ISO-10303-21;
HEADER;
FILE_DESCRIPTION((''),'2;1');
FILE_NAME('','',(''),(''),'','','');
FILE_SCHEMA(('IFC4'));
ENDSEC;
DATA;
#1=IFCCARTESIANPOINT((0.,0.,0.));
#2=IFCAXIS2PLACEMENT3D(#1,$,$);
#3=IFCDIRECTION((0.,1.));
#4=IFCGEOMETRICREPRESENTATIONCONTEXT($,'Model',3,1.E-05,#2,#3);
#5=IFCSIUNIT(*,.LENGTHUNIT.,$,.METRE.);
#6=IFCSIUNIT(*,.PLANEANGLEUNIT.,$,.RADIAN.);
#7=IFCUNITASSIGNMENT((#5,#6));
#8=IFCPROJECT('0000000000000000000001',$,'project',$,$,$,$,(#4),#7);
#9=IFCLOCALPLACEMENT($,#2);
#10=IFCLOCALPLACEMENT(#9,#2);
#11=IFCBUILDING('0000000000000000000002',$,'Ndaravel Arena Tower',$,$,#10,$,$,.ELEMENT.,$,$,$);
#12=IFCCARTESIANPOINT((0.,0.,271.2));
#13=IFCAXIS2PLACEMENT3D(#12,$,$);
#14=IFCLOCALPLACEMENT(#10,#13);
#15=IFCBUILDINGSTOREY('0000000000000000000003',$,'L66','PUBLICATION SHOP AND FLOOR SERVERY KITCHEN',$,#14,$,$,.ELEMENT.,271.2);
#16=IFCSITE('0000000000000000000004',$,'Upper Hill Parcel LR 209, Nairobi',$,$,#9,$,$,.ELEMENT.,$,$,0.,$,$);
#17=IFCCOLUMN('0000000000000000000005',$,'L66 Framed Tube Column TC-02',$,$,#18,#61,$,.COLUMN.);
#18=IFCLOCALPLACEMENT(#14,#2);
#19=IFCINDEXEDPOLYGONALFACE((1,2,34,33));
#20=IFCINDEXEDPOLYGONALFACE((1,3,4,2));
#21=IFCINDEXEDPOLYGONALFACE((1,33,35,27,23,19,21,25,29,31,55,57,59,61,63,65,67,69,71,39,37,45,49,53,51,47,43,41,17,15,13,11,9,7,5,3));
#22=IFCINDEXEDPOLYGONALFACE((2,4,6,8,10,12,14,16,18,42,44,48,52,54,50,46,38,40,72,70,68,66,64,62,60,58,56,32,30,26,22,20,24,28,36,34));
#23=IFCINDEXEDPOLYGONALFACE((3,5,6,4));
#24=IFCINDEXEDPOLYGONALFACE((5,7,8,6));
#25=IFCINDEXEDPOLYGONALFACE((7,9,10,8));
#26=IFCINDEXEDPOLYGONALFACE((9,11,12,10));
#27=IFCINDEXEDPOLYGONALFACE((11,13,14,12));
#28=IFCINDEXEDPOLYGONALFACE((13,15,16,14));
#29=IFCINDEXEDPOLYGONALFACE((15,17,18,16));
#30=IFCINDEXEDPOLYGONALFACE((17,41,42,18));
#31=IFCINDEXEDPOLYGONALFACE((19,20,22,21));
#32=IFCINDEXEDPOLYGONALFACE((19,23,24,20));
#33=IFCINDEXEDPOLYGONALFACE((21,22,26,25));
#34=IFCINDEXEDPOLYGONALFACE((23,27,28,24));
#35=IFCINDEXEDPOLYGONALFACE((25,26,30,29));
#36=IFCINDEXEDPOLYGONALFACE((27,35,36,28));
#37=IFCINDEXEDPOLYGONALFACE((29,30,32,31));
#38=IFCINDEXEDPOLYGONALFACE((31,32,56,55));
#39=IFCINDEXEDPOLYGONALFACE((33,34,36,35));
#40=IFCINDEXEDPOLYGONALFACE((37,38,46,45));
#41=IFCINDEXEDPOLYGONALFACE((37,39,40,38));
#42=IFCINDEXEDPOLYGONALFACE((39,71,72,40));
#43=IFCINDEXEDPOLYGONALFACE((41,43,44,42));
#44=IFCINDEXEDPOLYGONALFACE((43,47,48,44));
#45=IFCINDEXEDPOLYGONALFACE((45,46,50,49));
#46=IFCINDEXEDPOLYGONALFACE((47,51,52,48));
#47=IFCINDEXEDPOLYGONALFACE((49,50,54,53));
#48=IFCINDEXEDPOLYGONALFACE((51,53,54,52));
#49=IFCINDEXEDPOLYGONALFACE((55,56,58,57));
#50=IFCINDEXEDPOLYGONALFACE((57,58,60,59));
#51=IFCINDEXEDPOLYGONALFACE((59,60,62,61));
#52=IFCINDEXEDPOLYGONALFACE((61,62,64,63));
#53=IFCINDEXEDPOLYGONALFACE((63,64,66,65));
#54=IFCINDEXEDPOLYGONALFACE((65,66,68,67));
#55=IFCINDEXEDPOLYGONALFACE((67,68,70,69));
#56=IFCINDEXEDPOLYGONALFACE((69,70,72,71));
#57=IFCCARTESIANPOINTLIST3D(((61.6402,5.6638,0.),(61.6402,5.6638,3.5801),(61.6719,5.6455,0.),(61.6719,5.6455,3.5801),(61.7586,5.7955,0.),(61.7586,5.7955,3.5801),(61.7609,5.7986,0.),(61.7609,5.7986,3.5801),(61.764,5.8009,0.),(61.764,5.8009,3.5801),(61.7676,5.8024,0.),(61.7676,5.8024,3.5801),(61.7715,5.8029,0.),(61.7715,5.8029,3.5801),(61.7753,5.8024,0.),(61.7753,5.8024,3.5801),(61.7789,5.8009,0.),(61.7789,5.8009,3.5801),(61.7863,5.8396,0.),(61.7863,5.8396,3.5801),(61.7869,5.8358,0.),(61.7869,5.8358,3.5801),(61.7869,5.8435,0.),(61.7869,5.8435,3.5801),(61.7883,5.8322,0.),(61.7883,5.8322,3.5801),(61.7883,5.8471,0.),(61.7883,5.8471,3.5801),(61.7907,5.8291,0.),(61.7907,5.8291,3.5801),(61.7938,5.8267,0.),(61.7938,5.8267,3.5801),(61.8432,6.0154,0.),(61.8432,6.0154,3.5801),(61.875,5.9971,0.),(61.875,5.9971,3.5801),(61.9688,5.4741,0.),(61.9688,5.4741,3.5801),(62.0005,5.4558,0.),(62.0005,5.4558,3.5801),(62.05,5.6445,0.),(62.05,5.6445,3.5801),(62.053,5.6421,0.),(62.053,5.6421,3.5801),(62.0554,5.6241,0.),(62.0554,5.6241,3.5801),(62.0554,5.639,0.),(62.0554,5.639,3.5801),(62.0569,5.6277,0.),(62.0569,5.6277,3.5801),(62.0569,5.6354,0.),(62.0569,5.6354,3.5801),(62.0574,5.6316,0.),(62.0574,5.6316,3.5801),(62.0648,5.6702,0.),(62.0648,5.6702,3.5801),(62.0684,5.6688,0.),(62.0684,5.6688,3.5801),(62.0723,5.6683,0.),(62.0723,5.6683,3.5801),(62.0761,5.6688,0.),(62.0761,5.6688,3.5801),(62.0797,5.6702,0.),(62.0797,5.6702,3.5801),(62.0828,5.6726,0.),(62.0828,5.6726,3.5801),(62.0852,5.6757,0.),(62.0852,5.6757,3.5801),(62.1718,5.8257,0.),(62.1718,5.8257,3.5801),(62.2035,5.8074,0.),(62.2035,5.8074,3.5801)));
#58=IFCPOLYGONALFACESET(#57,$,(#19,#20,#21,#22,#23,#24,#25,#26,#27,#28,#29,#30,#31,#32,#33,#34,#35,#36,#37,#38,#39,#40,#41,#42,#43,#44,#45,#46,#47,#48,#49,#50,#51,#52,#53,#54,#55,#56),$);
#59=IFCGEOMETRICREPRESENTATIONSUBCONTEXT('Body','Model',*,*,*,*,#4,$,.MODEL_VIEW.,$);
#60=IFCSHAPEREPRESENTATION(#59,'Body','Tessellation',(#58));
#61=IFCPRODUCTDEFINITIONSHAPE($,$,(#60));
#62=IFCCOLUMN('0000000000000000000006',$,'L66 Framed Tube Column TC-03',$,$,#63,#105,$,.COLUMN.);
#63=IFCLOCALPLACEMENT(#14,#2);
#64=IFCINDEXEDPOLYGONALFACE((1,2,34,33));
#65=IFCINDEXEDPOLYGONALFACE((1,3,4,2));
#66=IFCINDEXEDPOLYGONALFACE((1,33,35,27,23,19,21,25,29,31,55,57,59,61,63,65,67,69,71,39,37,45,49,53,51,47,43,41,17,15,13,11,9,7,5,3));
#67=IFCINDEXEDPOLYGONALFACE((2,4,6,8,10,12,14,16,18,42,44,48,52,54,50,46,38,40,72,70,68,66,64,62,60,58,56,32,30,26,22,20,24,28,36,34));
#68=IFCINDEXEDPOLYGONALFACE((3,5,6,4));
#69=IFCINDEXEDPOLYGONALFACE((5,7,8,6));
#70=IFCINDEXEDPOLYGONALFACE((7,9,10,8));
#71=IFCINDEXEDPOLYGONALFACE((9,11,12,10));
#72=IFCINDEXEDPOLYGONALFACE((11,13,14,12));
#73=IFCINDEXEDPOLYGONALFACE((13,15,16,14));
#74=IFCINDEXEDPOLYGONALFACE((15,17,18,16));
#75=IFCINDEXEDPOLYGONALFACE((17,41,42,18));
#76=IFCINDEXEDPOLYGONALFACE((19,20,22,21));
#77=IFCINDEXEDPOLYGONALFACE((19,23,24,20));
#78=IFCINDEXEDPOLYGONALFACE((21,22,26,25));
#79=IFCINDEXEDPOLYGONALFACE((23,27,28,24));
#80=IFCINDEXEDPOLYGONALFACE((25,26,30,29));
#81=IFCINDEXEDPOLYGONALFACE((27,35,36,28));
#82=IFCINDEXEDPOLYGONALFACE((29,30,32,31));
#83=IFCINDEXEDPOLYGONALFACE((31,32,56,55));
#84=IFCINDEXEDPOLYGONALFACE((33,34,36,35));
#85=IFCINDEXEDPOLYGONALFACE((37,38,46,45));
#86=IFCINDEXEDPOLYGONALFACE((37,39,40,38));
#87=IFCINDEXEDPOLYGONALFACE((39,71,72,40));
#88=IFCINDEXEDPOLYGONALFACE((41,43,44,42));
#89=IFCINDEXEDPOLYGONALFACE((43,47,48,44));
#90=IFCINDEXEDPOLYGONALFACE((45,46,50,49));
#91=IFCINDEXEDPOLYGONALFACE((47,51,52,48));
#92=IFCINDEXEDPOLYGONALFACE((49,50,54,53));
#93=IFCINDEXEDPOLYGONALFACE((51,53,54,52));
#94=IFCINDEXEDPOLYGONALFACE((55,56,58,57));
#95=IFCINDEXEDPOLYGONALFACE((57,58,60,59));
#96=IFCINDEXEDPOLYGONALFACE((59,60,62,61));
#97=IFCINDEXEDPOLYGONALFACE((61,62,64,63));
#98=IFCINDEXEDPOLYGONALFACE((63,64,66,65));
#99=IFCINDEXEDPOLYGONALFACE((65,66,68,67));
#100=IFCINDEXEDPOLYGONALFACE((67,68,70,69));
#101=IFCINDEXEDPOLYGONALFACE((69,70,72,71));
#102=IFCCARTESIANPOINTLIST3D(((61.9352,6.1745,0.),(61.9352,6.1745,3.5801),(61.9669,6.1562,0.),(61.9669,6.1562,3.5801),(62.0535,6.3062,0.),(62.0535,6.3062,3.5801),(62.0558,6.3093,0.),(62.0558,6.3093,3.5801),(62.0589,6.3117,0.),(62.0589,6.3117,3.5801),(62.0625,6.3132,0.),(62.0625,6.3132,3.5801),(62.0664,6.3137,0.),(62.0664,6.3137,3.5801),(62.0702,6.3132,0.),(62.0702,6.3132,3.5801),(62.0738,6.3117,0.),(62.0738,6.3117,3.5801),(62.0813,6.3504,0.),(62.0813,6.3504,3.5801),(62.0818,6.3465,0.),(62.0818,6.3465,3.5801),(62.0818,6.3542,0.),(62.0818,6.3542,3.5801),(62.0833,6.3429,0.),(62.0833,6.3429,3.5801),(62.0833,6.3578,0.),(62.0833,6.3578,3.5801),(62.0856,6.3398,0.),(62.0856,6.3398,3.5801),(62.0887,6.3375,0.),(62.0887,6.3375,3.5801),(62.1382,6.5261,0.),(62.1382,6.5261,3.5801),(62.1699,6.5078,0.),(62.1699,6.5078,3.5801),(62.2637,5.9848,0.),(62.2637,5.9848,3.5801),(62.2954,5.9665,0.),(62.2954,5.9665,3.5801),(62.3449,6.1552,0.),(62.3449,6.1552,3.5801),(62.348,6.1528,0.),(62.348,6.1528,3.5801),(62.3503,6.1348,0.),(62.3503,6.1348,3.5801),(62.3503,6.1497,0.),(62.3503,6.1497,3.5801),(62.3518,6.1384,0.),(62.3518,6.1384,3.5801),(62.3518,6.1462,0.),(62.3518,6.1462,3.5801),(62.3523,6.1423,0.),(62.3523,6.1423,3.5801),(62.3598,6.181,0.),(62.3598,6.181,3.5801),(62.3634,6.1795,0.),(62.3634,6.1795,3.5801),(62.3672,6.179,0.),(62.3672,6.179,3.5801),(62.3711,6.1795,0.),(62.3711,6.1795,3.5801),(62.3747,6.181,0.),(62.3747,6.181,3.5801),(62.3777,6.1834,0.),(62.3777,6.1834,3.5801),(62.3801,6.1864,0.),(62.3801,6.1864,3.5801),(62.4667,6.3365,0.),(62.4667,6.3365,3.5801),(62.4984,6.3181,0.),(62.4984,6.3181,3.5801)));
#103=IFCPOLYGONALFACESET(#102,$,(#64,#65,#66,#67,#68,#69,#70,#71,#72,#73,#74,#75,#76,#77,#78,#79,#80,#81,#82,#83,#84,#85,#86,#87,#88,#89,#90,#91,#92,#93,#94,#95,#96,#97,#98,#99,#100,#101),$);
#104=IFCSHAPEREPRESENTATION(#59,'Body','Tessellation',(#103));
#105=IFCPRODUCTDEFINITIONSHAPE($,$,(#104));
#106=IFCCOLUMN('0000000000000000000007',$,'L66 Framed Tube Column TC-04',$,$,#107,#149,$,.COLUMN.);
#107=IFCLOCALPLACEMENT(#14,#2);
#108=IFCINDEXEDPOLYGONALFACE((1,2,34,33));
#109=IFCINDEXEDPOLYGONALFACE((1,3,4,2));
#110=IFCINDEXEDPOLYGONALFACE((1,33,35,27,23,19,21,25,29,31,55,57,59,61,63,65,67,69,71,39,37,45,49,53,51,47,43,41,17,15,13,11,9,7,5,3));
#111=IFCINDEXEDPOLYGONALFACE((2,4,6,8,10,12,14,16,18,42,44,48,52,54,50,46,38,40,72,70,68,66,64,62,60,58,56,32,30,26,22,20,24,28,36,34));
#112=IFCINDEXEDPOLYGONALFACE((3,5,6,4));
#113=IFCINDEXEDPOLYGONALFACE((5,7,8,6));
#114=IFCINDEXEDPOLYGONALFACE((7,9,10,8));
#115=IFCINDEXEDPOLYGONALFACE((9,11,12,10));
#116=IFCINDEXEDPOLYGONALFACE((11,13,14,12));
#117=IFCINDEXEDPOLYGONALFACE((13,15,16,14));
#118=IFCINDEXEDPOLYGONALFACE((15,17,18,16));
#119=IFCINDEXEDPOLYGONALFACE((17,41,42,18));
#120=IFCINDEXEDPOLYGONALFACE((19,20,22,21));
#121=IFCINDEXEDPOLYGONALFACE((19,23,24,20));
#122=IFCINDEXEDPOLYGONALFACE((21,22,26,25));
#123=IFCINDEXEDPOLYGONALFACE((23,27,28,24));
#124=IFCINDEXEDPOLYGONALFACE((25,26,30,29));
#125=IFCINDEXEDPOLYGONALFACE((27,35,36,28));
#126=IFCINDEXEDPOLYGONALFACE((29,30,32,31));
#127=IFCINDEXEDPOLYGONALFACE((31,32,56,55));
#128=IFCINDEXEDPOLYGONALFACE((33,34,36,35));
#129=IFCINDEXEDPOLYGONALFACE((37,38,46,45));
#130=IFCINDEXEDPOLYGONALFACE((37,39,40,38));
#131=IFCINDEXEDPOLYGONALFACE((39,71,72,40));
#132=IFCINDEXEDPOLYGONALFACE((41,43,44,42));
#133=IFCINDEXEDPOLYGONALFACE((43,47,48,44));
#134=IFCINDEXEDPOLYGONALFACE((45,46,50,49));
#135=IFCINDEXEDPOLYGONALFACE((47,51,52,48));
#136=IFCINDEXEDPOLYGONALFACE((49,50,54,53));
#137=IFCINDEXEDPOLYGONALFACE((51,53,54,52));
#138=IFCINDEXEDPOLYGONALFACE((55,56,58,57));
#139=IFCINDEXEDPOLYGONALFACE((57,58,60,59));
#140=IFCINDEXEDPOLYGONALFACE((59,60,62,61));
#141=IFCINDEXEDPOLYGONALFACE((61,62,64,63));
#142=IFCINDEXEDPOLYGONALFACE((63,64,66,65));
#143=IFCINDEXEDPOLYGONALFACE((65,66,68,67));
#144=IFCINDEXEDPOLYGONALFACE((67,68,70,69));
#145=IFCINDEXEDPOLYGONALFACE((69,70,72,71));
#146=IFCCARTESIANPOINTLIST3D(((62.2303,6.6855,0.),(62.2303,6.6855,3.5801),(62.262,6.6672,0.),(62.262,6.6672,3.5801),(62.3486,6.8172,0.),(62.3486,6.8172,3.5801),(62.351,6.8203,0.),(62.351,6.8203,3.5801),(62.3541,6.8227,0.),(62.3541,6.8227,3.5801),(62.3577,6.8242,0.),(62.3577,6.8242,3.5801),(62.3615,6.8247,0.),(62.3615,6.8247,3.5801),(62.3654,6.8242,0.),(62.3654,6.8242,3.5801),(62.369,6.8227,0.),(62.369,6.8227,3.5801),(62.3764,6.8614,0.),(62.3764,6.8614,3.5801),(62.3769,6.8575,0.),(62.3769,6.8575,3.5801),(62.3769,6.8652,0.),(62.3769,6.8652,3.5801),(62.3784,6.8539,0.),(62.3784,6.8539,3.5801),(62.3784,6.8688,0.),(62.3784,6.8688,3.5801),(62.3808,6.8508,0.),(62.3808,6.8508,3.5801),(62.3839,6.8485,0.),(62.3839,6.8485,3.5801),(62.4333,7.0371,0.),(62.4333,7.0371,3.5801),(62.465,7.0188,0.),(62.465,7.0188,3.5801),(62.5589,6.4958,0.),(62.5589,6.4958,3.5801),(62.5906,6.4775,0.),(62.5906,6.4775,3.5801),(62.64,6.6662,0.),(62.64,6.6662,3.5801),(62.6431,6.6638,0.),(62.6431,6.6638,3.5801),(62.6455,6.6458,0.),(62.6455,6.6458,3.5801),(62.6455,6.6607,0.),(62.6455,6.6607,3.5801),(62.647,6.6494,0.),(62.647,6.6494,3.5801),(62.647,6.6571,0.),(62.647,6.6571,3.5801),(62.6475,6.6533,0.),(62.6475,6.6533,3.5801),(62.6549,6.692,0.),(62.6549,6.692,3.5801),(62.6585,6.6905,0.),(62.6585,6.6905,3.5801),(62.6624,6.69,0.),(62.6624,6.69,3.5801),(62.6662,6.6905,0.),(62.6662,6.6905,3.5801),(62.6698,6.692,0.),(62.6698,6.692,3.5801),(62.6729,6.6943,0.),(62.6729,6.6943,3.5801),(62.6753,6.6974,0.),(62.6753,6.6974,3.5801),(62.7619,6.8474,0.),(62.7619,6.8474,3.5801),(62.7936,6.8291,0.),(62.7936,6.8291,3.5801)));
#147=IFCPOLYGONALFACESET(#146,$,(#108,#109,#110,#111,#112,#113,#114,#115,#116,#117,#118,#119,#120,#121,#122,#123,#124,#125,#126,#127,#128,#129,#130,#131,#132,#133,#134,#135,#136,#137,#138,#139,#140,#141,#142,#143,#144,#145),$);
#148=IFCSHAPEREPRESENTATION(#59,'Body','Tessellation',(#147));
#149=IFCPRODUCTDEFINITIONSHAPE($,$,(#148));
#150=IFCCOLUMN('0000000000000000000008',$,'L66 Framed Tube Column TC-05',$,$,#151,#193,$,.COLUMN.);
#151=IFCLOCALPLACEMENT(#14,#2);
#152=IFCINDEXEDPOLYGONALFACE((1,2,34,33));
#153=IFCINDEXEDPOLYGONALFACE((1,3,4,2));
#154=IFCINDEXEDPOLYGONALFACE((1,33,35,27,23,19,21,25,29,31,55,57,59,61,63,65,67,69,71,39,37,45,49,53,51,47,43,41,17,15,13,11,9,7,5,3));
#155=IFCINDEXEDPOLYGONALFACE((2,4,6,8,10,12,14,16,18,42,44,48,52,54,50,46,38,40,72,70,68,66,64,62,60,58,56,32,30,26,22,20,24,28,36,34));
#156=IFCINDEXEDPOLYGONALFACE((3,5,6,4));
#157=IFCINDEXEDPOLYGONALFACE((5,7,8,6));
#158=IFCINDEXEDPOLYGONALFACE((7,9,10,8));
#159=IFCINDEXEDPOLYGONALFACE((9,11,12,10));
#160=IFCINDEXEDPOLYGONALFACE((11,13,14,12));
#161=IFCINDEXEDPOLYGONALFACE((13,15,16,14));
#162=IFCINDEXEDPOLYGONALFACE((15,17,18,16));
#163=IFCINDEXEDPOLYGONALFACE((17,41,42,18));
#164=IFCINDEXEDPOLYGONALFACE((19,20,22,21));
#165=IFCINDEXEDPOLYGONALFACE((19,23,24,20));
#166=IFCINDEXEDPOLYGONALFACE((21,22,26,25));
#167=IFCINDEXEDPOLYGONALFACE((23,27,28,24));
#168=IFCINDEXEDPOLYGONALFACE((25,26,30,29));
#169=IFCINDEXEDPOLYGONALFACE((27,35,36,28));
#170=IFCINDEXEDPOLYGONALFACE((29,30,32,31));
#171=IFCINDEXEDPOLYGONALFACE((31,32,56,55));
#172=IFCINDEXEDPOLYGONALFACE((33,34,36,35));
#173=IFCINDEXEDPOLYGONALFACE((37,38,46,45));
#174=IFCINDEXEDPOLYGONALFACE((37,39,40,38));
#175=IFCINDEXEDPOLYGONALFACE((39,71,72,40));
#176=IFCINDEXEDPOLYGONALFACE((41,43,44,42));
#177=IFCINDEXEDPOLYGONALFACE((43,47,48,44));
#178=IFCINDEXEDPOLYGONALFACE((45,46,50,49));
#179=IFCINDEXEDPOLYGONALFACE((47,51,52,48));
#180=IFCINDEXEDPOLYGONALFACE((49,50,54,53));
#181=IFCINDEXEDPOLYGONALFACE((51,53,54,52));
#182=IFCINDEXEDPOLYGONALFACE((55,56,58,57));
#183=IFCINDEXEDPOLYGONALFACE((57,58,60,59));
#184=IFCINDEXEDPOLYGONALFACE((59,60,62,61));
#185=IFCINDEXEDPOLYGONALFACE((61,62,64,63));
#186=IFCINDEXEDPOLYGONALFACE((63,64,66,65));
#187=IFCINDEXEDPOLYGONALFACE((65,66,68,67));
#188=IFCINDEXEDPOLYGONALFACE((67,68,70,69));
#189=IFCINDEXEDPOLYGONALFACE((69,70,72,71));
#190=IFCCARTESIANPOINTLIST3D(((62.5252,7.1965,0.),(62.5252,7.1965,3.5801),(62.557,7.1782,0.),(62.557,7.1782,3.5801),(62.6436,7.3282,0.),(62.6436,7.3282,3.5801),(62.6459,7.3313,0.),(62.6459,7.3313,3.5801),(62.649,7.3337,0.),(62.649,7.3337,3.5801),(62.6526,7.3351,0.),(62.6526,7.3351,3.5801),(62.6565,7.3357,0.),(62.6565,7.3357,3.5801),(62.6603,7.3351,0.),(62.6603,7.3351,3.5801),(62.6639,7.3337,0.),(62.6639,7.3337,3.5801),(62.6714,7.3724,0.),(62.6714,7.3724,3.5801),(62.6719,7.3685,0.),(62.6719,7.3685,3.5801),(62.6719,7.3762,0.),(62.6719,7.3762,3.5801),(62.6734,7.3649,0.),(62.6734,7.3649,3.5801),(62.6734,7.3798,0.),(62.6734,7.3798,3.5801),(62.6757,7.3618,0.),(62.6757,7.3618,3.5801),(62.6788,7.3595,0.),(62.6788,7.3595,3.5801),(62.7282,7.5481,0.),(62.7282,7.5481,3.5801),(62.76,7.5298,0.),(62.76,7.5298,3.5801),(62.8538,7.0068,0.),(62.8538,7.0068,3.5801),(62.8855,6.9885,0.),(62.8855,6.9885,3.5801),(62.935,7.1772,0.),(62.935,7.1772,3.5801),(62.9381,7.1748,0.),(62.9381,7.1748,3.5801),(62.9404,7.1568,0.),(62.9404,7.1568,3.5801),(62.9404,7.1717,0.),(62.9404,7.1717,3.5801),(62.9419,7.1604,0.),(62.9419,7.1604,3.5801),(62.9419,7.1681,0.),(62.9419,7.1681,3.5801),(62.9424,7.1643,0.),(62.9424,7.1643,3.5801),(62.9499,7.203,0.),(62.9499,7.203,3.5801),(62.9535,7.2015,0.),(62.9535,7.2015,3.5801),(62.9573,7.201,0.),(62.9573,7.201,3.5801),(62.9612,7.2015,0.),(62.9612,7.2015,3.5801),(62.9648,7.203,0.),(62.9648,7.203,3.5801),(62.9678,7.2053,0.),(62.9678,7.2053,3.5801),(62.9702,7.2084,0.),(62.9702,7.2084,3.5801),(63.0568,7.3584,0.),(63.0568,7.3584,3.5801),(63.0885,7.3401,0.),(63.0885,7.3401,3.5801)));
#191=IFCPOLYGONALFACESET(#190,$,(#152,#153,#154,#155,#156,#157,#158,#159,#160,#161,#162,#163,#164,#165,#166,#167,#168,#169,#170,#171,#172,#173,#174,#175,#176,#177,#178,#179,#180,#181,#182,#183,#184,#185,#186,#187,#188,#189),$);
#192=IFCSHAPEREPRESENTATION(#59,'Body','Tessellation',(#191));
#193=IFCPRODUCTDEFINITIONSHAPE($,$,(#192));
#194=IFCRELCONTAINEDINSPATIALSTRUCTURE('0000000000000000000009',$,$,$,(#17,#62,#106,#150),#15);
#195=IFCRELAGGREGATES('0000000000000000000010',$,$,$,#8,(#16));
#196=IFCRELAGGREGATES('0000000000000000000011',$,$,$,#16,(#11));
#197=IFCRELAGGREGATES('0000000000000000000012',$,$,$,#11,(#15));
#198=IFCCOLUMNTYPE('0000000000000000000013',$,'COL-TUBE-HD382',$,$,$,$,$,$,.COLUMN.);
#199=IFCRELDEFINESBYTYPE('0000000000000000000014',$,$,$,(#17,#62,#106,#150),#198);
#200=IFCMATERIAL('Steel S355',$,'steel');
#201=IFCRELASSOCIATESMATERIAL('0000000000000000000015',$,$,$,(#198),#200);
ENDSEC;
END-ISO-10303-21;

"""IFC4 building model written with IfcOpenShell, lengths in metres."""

from ifc_helpers import new_model, si_unit, direction, frame, origin, origin_2d, place, context, subcontext, project, spatial, i_section, extrude, material, material_profile, profile_set, type_object, element, save


model = new_model("IFC4")

# Units and contexts
model_context = context("Model", 3, precision=1e-05, world=origin(), true_north=direction((0.0, 1.0)))
body_context = subcontext(model_context, "Body", "Model", "MODEL_VIEW")
ifc_project = project(units=[si_unit("LENGTHUNIT", "METRE"), si_unit("PLANEANGLEUNIT", "RADIAN")], contexts=[model_context])

# Site, building, storey
site_placement = place(None, origin())
site = spatial("IfcSite", under=ifc_project, at=site_placement, Name="Upper Hill Parcel LR 209, Nairobi", CompositionType="ELEMENT", RefElevation=0.0)
building_placement = place(site_placement, origin())
building = spatial("IfcBuilding", under=site, at=building_placement, Name="Ndaravel Arena Tower", CompositionType="ELEMENT")
storey_placement = place(building_placement, frame((0.0, 0.0, 271.2)))
storey = spatial("IfcBuildingStorey", under=building, at=storey_placement, Name="L66", Description="PUBLICATION SHOP AND FLOOR SERVERY KITCHEN", CompositionType="ELEMENT", Elevation=271.2)

# Columns
ifc_material_1 = material(Name="Steel S355", Category="steel")
ifc_material_profile_1 = material_profile(ifc_material_1, i_section(OverallWidth=0.406, OverallDepth=0.416, WebThickness=0.0298, FlangeThickness=0.0366, FilletRadius=0.0149, at=origin_2d()), Name="HD 400x382")
ifc_profile_set_1 = profile_set([ifc_material_profile_1], Name="Steel S355")
column_type = type_object("IfcColumnType", Name="COL-TUBE-HD382", PredefinedType="COLUMN", material=ifc_profile_set_1)
for number, where, z_axis, x_axis, name in (
    (1, (61.9219, 5.7356, 0.0), (0.0, 0.0, 1.0), (0.5, 0.866025, 0.0), "L66 Framed Tube Column TC-02"),
    (2, (62.2168, 6.2463, 0.0), (0.0, 0.0, 1.0), (0.5, 0.866025, 0.0), "L66 Framed Tube Column TC-03"),
    (3, (62.512, 6.7573, 0.0), (0.0, 0.0, 1.0), (0.5, 0.866025, 0.0), "L66 Framed Tube Column TC-04"),
    (4, (62.8069, 7.2683, 0.0), (0.0, 0.0, 1.0), (0.5, 0.866025, 0.0), "L66 Framed Tube Column TC-05"),
):
    element("IfcColumn", number, at=place(storey_placement, frame(where, z_axis=z_axis, x_axis=x_axis)), inside=storey, type_object=column_type, Name=name, PredefinedType="COLUMN", context=body_context, shape_type="SweptSolid", body=[
        extrude(i_section(OverallWidth=0.406, OverallDepth=0.416, WebThickness=0.0298, FlangeThickness=0.0366, FilletRadius=0.0149, at=origin_2d()), origin(), (0.0, 0.0, 1.0), 3.5801),
    ])

save(model, "model.ifc")
